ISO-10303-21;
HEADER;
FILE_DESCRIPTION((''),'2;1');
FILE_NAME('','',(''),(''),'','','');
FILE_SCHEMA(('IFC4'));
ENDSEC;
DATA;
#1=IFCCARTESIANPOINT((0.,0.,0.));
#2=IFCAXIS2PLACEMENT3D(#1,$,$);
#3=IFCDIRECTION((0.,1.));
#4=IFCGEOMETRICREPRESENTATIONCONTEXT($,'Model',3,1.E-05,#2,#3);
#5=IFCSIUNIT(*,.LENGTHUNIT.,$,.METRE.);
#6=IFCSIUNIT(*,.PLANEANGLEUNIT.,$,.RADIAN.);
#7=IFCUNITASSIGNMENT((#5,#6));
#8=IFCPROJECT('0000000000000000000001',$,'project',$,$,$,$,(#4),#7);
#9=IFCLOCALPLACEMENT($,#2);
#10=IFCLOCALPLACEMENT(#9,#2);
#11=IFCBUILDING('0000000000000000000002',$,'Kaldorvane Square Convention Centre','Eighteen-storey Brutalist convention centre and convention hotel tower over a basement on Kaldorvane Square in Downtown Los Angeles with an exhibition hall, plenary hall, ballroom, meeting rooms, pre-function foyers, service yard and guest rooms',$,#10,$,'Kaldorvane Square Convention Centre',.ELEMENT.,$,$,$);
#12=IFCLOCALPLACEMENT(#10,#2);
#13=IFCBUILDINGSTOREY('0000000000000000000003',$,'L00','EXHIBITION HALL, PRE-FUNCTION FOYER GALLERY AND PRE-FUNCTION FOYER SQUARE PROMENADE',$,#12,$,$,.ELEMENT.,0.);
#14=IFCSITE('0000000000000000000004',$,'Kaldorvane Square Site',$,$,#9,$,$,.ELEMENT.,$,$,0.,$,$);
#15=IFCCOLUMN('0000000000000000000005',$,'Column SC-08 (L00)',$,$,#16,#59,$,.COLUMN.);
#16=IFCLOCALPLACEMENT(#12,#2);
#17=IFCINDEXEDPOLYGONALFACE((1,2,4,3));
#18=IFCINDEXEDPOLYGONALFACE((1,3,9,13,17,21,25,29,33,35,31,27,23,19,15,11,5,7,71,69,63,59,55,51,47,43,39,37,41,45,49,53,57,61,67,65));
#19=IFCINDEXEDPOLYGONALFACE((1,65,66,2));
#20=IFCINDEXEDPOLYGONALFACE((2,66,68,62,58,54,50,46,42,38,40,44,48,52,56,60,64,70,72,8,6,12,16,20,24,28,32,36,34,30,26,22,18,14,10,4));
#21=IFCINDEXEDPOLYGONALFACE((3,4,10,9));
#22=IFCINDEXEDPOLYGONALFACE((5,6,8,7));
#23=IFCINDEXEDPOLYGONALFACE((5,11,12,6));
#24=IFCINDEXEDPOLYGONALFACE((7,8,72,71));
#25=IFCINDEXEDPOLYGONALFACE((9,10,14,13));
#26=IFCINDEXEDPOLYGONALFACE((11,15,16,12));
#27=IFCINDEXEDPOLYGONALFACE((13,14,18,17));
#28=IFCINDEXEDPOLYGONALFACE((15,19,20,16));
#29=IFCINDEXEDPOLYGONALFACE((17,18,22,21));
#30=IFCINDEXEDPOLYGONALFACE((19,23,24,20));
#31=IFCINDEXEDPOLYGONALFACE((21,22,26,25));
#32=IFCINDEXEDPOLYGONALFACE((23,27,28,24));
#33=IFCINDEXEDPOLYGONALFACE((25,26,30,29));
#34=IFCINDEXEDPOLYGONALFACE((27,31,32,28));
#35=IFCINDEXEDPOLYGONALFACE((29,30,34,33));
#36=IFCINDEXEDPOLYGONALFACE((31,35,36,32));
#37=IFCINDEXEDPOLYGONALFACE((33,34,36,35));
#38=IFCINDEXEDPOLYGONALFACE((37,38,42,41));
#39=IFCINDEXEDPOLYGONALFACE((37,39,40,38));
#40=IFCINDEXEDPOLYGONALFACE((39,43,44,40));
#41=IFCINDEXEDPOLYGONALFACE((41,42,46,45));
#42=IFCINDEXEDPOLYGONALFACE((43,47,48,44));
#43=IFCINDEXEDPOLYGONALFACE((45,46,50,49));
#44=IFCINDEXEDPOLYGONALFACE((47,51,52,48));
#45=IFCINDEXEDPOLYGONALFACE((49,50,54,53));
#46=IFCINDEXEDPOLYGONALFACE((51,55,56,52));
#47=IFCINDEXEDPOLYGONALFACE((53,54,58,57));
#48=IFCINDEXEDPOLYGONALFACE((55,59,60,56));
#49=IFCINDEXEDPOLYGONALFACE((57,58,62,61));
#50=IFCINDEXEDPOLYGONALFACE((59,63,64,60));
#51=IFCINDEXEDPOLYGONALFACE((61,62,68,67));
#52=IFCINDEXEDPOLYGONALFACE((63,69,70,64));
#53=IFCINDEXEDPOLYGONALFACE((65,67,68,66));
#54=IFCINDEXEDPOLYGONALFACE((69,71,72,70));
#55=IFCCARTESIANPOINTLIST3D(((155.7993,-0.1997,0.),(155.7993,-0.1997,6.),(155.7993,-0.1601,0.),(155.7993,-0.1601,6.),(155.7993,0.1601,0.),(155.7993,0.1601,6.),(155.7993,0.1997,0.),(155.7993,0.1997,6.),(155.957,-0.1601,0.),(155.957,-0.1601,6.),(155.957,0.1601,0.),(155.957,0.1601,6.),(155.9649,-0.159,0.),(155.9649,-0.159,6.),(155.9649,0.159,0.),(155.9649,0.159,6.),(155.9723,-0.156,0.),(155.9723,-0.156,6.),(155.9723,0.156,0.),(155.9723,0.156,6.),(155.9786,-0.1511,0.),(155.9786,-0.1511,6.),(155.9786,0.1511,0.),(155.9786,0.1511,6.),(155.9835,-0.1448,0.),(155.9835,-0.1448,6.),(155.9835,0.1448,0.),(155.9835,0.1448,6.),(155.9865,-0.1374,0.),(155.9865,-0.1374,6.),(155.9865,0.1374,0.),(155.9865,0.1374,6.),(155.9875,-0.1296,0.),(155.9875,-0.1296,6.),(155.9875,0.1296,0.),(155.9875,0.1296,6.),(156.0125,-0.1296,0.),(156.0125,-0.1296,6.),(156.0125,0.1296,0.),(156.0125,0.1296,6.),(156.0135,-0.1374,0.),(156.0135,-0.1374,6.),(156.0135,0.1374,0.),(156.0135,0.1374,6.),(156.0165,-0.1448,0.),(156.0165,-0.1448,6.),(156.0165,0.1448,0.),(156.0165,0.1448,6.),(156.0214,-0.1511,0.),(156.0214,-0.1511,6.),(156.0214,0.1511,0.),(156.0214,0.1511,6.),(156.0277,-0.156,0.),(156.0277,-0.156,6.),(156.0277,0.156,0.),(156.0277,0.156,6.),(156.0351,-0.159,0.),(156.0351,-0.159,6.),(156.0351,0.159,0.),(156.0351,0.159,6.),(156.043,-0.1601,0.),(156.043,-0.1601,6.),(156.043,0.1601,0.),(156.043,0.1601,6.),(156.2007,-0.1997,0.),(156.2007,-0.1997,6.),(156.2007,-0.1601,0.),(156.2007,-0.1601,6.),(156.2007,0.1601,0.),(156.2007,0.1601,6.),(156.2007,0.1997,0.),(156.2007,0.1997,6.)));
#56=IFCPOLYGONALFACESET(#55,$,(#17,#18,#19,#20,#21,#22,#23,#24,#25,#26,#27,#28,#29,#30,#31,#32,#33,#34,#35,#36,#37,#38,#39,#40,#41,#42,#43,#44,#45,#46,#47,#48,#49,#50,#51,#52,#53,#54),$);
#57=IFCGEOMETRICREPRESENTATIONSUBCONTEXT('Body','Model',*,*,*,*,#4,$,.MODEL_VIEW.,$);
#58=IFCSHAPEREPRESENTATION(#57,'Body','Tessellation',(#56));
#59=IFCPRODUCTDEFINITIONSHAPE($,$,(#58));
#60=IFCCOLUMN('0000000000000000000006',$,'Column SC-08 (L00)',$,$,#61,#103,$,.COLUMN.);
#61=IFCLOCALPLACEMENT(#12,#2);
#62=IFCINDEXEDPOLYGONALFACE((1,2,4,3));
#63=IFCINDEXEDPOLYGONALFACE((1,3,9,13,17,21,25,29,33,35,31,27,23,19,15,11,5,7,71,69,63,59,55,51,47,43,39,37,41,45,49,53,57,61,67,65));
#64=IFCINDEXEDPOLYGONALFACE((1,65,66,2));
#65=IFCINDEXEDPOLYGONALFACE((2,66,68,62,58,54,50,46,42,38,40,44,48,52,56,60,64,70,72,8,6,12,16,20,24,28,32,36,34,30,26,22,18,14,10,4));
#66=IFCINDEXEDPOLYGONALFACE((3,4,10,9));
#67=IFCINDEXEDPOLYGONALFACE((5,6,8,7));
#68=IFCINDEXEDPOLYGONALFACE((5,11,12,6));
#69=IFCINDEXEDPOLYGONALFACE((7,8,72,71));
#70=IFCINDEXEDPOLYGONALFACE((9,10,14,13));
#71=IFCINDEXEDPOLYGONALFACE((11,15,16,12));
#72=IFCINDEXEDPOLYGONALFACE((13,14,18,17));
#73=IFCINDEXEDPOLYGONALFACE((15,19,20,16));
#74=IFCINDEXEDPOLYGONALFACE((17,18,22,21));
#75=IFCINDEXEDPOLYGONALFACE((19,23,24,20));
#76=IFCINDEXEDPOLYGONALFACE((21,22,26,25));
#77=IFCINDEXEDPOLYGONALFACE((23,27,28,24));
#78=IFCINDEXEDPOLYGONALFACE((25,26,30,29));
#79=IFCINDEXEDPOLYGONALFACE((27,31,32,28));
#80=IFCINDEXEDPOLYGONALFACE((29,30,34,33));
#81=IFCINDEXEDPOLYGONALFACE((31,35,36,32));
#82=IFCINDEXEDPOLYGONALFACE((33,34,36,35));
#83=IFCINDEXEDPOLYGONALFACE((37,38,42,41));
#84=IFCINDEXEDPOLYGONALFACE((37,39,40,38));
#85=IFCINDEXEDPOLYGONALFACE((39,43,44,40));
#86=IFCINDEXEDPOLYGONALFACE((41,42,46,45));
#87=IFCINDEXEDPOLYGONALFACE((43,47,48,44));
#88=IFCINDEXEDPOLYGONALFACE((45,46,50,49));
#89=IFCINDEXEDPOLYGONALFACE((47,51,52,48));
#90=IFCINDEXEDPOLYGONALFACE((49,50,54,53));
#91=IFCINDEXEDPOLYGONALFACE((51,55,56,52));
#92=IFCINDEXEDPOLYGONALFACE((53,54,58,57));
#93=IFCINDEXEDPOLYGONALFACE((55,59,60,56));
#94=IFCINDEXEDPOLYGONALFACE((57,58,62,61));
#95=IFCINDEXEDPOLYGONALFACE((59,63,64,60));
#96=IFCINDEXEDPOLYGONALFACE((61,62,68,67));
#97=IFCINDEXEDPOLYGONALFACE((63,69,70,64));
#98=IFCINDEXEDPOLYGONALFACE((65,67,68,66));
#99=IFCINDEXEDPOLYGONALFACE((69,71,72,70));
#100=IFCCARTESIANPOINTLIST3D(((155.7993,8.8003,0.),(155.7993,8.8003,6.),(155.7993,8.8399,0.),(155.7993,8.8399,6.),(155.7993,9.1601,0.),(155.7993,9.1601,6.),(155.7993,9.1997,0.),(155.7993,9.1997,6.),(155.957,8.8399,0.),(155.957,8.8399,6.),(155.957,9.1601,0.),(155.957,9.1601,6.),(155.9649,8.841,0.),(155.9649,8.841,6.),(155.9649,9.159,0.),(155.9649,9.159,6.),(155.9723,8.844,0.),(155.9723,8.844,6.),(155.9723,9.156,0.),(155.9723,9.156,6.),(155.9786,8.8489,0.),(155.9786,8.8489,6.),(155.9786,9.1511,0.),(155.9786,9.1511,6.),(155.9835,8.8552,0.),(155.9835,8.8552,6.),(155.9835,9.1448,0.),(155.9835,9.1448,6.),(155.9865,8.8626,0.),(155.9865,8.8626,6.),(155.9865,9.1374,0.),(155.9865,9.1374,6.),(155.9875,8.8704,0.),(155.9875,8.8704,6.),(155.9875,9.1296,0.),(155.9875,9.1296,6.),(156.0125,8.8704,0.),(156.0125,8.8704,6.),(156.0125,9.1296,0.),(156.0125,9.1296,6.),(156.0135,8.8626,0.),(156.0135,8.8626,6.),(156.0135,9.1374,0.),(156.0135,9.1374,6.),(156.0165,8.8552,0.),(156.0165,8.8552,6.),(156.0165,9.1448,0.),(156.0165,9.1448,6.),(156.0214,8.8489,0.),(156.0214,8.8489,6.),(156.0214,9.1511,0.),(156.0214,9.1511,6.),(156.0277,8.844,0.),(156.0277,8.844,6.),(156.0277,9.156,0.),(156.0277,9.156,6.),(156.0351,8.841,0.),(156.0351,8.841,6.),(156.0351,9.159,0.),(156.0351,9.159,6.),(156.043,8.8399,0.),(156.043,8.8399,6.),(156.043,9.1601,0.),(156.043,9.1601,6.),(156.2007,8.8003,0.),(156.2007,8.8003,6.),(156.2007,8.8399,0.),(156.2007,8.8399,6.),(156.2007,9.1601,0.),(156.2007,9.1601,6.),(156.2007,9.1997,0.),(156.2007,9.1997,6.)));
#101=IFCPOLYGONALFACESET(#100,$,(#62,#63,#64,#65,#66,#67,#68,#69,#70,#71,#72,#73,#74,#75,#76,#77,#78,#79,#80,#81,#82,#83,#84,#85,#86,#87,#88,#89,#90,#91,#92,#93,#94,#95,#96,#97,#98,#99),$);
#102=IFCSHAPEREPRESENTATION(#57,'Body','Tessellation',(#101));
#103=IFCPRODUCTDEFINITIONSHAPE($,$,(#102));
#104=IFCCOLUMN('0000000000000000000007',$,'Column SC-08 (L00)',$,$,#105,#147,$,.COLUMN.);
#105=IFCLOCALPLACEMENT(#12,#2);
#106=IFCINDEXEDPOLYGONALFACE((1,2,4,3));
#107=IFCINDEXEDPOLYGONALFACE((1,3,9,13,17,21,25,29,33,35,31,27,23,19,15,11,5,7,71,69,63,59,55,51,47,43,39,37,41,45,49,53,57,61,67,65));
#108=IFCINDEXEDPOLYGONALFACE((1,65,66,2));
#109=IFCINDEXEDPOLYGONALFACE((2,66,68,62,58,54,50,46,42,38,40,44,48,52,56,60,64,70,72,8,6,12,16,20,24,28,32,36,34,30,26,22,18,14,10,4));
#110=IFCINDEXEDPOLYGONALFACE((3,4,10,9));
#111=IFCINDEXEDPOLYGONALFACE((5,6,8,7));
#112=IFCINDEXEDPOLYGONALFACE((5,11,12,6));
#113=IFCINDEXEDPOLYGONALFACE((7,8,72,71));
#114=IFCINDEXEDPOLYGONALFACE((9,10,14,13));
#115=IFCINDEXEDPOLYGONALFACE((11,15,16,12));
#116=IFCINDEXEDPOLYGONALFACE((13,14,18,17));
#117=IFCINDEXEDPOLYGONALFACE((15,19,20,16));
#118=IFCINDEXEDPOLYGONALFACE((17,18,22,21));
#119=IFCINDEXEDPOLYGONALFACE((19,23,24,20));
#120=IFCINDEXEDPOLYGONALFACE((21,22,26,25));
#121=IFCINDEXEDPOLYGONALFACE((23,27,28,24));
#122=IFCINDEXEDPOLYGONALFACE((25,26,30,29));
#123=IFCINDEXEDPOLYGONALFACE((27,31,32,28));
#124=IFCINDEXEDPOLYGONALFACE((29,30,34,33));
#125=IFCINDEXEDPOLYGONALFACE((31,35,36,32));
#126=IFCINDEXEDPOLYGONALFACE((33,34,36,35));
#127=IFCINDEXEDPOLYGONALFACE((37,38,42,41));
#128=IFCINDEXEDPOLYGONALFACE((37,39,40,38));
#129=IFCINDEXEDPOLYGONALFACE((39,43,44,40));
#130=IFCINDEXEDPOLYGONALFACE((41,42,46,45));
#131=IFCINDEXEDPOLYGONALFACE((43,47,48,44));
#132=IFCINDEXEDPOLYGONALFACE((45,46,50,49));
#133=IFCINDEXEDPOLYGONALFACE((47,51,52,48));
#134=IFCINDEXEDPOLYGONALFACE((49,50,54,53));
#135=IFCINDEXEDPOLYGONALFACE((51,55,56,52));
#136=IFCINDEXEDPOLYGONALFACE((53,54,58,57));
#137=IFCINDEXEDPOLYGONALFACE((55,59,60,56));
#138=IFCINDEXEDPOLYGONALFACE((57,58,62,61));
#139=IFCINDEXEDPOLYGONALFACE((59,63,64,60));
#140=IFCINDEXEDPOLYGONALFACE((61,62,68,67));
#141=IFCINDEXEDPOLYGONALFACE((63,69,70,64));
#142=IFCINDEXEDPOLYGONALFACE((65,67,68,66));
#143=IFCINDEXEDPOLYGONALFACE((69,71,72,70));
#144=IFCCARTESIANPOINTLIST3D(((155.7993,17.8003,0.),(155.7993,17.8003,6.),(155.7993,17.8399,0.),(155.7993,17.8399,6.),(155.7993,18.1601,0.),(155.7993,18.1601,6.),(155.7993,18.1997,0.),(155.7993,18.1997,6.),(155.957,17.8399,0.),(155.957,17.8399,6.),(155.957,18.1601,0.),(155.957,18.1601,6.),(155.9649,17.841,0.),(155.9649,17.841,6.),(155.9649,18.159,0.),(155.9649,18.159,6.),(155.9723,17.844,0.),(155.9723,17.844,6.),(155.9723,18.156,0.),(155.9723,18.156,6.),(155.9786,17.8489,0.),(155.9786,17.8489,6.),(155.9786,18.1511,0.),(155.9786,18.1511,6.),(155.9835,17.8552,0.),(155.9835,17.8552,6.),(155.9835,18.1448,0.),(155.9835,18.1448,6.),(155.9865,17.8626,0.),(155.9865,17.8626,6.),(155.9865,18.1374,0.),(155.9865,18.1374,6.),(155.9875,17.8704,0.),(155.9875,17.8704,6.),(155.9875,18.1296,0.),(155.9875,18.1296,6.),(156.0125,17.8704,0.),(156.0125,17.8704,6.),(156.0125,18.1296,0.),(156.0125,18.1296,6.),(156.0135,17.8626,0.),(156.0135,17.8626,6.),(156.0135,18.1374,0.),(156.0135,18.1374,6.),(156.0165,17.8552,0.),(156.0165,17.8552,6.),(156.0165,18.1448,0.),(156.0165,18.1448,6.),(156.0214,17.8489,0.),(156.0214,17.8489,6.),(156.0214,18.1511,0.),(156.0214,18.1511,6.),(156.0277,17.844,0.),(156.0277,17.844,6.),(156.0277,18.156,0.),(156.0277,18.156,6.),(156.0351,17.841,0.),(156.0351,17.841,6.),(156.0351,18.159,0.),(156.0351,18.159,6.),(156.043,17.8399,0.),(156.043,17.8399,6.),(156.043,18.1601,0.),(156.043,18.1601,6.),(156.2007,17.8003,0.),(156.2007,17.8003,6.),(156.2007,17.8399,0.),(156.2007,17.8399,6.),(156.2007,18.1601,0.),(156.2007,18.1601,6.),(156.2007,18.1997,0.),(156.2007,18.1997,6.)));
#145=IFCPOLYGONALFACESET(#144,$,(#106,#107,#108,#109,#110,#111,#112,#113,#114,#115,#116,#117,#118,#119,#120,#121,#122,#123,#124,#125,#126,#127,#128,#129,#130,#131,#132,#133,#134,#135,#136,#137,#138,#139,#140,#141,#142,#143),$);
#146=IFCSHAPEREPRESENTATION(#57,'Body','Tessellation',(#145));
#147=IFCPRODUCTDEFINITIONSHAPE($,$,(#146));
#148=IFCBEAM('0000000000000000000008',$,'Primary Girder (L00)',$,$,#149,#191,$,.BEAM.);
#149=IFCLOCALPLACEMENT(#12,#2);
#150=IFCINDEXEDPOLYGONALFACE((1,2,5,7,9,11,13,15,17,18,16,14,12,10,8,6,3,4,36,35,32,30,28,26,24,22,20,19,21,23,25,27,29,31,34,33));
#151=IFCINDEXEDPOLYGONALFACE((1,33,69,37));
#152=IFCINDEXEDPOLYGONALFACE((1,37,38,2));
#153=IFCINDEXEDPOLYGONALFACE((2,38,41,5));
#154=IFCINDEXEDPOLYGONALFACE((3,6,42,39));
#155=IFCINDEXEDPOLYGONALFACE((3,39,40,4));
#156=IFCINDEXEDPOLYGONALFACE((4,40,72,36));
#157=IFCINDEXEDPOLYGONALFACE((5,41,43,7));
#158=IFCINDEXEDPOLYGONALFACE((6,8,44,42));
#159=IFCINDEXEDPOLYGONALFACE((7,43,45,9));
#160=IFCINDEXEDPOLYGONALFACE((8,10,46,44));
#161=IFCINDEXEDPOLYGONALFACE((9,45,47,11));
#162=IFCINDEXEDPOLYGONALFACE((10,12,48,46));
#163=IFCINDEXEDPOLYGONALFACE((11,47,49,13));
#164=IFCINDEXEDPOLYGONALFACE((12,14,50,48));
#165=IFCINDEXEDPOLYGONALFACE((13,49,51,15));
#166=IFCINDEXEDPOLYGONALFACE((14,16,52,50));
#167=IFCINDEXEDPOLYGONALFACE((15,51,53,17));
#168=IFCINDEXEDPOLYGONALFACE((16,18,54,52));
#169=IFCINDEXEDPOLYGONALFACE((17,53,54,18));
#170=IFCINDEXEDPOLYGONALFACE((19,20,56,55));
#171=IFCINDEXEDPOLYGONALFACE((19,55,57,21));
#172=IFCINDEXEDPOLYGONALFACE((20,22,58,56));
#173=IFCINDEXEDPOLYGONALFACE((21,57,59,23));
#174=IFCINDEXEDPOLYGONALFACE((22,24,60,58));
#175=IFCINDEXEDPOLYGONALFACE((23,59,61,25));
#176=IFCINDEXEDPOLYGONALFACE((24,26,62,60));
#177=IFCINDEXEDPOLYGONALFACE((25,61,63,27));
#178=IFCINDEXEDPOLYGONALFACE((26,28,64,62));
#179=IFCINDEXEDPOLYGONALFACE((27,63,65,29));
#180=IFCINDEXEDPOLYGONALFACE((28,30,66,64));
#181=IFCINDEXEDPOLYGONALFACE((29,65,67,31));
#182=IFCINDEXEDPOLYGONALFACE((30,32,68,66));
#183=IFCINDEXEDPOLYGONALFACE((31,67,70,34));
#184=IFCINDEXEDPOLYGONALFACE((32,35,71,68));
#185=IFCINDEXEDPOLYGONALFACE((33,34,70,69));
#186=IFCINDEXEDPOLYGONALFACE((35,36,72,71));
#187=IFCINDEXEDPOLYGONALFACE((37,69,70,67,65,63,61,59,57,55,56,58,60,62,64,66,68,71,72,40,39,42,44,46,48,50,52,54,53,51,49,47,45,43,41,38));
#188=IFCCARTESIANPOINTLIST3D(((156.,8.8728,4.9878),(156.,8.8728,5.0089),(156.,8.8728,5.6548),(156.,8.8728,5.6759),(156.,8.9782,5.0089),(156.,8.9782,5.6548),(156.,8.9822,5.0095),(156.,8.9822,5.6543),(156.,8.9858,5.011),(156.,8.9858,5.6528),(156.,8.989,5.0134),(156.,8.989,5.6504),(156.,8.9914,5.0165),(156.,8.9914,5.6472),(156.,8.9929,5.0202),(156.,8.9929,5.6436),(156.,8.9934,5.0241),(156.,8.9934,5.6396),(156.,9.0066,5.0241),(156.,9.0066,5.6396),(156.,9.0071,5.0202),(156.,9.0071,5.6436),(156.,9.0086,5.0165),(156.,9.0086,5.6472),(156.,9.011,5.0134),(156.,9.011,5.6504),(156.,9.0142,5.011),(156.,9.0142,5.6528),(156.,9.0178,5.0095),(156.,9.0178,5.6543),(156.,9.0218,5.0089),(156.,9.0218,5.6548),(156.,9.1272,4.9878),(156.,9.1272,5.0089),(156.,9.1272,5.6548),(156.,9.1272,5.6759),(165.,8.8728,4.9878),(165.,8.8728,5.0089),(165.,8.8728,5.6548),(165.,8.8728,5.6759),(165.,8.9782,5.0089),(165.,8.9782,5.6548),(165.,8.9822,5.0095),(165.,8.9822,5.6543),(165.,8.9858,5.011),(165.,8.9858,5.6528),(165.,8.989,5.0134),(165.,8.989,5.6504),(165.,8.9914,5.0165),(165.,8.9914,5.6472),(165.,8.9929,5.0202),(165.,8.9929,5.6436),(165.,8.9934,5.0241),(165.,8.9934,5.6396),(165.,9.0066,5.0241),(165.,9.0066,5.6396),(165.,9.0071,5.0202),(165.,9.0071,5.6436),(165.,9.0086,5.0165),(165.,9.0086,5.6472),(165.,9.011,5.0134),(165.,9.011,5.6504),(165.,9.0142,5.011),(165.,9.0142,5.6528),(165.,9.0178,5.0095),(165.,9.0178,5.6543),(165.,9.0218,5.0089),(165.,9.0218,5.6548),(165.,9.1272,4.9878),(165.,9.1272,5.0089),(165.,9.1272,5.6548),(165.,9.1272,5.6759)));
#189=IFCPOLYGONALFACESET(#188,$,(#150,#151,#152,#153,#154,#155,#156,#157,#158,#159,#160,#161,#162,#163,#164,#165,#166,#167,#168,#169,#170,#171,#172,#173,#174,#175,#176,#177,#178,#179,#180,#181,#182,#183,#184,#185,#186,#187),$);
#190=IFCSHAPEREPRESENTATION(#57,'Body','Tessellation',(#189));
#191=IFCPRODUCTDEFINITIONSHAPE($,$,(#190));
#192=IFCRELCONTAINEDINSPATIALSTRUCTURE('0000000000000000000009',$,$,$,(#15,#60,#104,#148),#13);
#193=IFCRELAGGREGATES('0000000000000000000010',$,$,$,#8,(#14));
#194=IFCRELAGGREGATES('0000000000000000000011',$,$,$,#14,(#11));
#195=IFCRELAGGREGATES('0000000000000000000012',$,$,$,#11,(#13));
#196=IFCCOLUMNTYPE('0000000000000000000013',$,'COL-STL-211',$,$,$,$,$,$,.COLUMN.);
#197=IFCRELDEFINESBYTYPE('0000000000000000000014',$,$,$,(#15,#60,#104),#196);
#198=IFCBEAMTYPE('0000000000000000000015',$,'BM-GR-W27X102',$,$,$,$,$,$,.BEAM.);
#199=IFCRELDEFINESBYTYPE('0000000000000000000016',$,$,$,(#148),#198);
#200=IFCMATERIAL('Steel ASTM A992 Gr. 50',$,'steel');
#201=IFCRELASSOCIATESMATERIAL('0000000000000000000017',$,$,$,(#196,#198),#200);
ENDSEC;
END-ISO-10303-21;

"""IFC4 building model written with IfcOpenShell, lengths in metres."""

from ifc_helpers import new_model, si_unit, direction, frame, origin, origin_2d, place, context, subcontext, project, spatial, i_section, extrude, material, material_profile, profile_set, type_object, element, save


model = new_model("IFC4")

# Units and contexts
model_context = context("Model", 3, precision=1e-05, world=origin(), true_north=direction((0.0, 1.0)))
body_context = subcontext(model_context, "Body", "Model", "MODEL_VIEW")
ifc_project = project(units=[si_unit("LENGTHUNIT", "METRE"), si_unit("PLANEANGLEUNIT", "RADIAN")], contexts=[model_context])

# Site, building, storey
site_placement = place(None, origin())
site = spatial("IfcSite", under=ifc_project, at=site_placement, Name="Kaldorvane Square Site", CompositionType="ELEMENT", RefElevation=0.0)
building_placement = place(site_placement, origin())
building = spatial("IfcBuilding", under=site, at=building_placement, Name="Kaldorvane Square Convention Centre", Description="Eighteen-storey Brutalist convention centre and convention hotel tower over a basement on Kaldorvane Square in Downtown Los Angeles with an exhibition hall, plenary hall, ballroom, meeting rooms, pre-function foyers, service yard and guest rooms", LongName="Kaldorvane Square Convention Centre", CompositionType="ELEMENT")
storey_placement = place(building_placement, origin())
storey = spatial("IfcBuildingStorey", under=building, at=storey_placement, Name="L00", Description="EXHIBITION HALL, PRE-FUNCTION FOYER GALLERY AND PRE-FUNCTION FOYER SQUARE PROMENADE", CompositionType="ELEMENT", Elevation=0.0)

# Columns
ifc_material_1 = material(Name="Steel ASTM A992 Gr. 50", Category="steel")
ifc_material_profile_1 = material_profile(ifc_material_1, i_section(OverallWidth=0.4013, OverallDepth=0.3993, WebThickness=0.0249, FlangeThickness=0.0396, FilletRadius=0.0305, at=origin_2d()), Name="W14X211")
ifc_profile_set_1 = profile_set([ifc_material_profile_1], Name="Steel ASTM A992 Gr. 50")
column_type = type_object("IfcColumnType", Name="COL-STL-211", PredefinedType="COLUMN", material=ifc_profile_set_1)
for number, where, z_axis, x_axis, name in (
    (1, (156.0, 0.0, 0.0), (0.0, 0.0, 1.0), (1.0, 0.0, 0.0), "Column SC-08 (L00)"),
    (2, (156.0, 9.0, 0.0), (0.0, 0.0, 1.0), (1.0, 0.0, 0.0), "Column SC-08 (L00)"),
    (3, (156.0, 18.0, 0.0), (0.0, 0.0, 1.0), (1.0, 0.0, 0.0), "Column SC-08 (L00)"),
):
    element("IfcColumn", number, at=place(storey_placement, frame(where, z_axis=z_axis, x_axis=x_axis)), inside=storey, type_object=column_type, Name=name, PredefinedType="COLUMN", context=body_context, shape_type="SweptSolid", body=[
        extrude(i_section(OverallWidth=0.4013, OverallDepth=0.3993, WebThickness=0.0249, FlangeThickness=0.0396, FilletRadius=0.0305, at=origin_2d()), origin(), (0.0, 0.0, 1.0), 6.0),
    ])

# Beam
ifc_material_profile_2 = material_profile(ifc_material_1, i_section(OverallWidth=0.2544, OverallDepth=0.6881, WebThickness=0.0131, FlangeThickness=0.0211, FilletRadius=0.0152, at=origin_2d()), Name="W27X102")
ifc_profile_set_2 = profile_set([ifc_material_profile_2], Name="Steel ASTM A992 Gr. 50")
beam_type_1 = type_object("IfcBeamType", Name="BM-GR-W27X102", PredefinedType="BEAM", material=ifc_profile_set_2)
for number, where, z_axis, x_axis, name in (
    (4, (156.0, 9.0, 5.3319), (1.0, 0.0, 0.0), (0.0, 1.0, 0.0), "Primary Girder (L00)"),
):
    element("IfcBeam", number, at=place(storey_placement, frame(where, z_axis=z_axis, x_axis=x_axis)), inside=storey, type_object=beam_type_1, Name=name, PredefinedType="BEAM", context=body_context, shape_type="SweptSolid", body=[
        extrude(i_section(OverallWidth=0.2544, OverallDepth=0.6881, WebThickness=0.0131, FlangeThickness=0.0211, FilletRadius=0.0152, at=origin_2d()), origin(), (0.0, 0.0, 1.0), 9.0),
    ])

save(model, "model.ifc")
